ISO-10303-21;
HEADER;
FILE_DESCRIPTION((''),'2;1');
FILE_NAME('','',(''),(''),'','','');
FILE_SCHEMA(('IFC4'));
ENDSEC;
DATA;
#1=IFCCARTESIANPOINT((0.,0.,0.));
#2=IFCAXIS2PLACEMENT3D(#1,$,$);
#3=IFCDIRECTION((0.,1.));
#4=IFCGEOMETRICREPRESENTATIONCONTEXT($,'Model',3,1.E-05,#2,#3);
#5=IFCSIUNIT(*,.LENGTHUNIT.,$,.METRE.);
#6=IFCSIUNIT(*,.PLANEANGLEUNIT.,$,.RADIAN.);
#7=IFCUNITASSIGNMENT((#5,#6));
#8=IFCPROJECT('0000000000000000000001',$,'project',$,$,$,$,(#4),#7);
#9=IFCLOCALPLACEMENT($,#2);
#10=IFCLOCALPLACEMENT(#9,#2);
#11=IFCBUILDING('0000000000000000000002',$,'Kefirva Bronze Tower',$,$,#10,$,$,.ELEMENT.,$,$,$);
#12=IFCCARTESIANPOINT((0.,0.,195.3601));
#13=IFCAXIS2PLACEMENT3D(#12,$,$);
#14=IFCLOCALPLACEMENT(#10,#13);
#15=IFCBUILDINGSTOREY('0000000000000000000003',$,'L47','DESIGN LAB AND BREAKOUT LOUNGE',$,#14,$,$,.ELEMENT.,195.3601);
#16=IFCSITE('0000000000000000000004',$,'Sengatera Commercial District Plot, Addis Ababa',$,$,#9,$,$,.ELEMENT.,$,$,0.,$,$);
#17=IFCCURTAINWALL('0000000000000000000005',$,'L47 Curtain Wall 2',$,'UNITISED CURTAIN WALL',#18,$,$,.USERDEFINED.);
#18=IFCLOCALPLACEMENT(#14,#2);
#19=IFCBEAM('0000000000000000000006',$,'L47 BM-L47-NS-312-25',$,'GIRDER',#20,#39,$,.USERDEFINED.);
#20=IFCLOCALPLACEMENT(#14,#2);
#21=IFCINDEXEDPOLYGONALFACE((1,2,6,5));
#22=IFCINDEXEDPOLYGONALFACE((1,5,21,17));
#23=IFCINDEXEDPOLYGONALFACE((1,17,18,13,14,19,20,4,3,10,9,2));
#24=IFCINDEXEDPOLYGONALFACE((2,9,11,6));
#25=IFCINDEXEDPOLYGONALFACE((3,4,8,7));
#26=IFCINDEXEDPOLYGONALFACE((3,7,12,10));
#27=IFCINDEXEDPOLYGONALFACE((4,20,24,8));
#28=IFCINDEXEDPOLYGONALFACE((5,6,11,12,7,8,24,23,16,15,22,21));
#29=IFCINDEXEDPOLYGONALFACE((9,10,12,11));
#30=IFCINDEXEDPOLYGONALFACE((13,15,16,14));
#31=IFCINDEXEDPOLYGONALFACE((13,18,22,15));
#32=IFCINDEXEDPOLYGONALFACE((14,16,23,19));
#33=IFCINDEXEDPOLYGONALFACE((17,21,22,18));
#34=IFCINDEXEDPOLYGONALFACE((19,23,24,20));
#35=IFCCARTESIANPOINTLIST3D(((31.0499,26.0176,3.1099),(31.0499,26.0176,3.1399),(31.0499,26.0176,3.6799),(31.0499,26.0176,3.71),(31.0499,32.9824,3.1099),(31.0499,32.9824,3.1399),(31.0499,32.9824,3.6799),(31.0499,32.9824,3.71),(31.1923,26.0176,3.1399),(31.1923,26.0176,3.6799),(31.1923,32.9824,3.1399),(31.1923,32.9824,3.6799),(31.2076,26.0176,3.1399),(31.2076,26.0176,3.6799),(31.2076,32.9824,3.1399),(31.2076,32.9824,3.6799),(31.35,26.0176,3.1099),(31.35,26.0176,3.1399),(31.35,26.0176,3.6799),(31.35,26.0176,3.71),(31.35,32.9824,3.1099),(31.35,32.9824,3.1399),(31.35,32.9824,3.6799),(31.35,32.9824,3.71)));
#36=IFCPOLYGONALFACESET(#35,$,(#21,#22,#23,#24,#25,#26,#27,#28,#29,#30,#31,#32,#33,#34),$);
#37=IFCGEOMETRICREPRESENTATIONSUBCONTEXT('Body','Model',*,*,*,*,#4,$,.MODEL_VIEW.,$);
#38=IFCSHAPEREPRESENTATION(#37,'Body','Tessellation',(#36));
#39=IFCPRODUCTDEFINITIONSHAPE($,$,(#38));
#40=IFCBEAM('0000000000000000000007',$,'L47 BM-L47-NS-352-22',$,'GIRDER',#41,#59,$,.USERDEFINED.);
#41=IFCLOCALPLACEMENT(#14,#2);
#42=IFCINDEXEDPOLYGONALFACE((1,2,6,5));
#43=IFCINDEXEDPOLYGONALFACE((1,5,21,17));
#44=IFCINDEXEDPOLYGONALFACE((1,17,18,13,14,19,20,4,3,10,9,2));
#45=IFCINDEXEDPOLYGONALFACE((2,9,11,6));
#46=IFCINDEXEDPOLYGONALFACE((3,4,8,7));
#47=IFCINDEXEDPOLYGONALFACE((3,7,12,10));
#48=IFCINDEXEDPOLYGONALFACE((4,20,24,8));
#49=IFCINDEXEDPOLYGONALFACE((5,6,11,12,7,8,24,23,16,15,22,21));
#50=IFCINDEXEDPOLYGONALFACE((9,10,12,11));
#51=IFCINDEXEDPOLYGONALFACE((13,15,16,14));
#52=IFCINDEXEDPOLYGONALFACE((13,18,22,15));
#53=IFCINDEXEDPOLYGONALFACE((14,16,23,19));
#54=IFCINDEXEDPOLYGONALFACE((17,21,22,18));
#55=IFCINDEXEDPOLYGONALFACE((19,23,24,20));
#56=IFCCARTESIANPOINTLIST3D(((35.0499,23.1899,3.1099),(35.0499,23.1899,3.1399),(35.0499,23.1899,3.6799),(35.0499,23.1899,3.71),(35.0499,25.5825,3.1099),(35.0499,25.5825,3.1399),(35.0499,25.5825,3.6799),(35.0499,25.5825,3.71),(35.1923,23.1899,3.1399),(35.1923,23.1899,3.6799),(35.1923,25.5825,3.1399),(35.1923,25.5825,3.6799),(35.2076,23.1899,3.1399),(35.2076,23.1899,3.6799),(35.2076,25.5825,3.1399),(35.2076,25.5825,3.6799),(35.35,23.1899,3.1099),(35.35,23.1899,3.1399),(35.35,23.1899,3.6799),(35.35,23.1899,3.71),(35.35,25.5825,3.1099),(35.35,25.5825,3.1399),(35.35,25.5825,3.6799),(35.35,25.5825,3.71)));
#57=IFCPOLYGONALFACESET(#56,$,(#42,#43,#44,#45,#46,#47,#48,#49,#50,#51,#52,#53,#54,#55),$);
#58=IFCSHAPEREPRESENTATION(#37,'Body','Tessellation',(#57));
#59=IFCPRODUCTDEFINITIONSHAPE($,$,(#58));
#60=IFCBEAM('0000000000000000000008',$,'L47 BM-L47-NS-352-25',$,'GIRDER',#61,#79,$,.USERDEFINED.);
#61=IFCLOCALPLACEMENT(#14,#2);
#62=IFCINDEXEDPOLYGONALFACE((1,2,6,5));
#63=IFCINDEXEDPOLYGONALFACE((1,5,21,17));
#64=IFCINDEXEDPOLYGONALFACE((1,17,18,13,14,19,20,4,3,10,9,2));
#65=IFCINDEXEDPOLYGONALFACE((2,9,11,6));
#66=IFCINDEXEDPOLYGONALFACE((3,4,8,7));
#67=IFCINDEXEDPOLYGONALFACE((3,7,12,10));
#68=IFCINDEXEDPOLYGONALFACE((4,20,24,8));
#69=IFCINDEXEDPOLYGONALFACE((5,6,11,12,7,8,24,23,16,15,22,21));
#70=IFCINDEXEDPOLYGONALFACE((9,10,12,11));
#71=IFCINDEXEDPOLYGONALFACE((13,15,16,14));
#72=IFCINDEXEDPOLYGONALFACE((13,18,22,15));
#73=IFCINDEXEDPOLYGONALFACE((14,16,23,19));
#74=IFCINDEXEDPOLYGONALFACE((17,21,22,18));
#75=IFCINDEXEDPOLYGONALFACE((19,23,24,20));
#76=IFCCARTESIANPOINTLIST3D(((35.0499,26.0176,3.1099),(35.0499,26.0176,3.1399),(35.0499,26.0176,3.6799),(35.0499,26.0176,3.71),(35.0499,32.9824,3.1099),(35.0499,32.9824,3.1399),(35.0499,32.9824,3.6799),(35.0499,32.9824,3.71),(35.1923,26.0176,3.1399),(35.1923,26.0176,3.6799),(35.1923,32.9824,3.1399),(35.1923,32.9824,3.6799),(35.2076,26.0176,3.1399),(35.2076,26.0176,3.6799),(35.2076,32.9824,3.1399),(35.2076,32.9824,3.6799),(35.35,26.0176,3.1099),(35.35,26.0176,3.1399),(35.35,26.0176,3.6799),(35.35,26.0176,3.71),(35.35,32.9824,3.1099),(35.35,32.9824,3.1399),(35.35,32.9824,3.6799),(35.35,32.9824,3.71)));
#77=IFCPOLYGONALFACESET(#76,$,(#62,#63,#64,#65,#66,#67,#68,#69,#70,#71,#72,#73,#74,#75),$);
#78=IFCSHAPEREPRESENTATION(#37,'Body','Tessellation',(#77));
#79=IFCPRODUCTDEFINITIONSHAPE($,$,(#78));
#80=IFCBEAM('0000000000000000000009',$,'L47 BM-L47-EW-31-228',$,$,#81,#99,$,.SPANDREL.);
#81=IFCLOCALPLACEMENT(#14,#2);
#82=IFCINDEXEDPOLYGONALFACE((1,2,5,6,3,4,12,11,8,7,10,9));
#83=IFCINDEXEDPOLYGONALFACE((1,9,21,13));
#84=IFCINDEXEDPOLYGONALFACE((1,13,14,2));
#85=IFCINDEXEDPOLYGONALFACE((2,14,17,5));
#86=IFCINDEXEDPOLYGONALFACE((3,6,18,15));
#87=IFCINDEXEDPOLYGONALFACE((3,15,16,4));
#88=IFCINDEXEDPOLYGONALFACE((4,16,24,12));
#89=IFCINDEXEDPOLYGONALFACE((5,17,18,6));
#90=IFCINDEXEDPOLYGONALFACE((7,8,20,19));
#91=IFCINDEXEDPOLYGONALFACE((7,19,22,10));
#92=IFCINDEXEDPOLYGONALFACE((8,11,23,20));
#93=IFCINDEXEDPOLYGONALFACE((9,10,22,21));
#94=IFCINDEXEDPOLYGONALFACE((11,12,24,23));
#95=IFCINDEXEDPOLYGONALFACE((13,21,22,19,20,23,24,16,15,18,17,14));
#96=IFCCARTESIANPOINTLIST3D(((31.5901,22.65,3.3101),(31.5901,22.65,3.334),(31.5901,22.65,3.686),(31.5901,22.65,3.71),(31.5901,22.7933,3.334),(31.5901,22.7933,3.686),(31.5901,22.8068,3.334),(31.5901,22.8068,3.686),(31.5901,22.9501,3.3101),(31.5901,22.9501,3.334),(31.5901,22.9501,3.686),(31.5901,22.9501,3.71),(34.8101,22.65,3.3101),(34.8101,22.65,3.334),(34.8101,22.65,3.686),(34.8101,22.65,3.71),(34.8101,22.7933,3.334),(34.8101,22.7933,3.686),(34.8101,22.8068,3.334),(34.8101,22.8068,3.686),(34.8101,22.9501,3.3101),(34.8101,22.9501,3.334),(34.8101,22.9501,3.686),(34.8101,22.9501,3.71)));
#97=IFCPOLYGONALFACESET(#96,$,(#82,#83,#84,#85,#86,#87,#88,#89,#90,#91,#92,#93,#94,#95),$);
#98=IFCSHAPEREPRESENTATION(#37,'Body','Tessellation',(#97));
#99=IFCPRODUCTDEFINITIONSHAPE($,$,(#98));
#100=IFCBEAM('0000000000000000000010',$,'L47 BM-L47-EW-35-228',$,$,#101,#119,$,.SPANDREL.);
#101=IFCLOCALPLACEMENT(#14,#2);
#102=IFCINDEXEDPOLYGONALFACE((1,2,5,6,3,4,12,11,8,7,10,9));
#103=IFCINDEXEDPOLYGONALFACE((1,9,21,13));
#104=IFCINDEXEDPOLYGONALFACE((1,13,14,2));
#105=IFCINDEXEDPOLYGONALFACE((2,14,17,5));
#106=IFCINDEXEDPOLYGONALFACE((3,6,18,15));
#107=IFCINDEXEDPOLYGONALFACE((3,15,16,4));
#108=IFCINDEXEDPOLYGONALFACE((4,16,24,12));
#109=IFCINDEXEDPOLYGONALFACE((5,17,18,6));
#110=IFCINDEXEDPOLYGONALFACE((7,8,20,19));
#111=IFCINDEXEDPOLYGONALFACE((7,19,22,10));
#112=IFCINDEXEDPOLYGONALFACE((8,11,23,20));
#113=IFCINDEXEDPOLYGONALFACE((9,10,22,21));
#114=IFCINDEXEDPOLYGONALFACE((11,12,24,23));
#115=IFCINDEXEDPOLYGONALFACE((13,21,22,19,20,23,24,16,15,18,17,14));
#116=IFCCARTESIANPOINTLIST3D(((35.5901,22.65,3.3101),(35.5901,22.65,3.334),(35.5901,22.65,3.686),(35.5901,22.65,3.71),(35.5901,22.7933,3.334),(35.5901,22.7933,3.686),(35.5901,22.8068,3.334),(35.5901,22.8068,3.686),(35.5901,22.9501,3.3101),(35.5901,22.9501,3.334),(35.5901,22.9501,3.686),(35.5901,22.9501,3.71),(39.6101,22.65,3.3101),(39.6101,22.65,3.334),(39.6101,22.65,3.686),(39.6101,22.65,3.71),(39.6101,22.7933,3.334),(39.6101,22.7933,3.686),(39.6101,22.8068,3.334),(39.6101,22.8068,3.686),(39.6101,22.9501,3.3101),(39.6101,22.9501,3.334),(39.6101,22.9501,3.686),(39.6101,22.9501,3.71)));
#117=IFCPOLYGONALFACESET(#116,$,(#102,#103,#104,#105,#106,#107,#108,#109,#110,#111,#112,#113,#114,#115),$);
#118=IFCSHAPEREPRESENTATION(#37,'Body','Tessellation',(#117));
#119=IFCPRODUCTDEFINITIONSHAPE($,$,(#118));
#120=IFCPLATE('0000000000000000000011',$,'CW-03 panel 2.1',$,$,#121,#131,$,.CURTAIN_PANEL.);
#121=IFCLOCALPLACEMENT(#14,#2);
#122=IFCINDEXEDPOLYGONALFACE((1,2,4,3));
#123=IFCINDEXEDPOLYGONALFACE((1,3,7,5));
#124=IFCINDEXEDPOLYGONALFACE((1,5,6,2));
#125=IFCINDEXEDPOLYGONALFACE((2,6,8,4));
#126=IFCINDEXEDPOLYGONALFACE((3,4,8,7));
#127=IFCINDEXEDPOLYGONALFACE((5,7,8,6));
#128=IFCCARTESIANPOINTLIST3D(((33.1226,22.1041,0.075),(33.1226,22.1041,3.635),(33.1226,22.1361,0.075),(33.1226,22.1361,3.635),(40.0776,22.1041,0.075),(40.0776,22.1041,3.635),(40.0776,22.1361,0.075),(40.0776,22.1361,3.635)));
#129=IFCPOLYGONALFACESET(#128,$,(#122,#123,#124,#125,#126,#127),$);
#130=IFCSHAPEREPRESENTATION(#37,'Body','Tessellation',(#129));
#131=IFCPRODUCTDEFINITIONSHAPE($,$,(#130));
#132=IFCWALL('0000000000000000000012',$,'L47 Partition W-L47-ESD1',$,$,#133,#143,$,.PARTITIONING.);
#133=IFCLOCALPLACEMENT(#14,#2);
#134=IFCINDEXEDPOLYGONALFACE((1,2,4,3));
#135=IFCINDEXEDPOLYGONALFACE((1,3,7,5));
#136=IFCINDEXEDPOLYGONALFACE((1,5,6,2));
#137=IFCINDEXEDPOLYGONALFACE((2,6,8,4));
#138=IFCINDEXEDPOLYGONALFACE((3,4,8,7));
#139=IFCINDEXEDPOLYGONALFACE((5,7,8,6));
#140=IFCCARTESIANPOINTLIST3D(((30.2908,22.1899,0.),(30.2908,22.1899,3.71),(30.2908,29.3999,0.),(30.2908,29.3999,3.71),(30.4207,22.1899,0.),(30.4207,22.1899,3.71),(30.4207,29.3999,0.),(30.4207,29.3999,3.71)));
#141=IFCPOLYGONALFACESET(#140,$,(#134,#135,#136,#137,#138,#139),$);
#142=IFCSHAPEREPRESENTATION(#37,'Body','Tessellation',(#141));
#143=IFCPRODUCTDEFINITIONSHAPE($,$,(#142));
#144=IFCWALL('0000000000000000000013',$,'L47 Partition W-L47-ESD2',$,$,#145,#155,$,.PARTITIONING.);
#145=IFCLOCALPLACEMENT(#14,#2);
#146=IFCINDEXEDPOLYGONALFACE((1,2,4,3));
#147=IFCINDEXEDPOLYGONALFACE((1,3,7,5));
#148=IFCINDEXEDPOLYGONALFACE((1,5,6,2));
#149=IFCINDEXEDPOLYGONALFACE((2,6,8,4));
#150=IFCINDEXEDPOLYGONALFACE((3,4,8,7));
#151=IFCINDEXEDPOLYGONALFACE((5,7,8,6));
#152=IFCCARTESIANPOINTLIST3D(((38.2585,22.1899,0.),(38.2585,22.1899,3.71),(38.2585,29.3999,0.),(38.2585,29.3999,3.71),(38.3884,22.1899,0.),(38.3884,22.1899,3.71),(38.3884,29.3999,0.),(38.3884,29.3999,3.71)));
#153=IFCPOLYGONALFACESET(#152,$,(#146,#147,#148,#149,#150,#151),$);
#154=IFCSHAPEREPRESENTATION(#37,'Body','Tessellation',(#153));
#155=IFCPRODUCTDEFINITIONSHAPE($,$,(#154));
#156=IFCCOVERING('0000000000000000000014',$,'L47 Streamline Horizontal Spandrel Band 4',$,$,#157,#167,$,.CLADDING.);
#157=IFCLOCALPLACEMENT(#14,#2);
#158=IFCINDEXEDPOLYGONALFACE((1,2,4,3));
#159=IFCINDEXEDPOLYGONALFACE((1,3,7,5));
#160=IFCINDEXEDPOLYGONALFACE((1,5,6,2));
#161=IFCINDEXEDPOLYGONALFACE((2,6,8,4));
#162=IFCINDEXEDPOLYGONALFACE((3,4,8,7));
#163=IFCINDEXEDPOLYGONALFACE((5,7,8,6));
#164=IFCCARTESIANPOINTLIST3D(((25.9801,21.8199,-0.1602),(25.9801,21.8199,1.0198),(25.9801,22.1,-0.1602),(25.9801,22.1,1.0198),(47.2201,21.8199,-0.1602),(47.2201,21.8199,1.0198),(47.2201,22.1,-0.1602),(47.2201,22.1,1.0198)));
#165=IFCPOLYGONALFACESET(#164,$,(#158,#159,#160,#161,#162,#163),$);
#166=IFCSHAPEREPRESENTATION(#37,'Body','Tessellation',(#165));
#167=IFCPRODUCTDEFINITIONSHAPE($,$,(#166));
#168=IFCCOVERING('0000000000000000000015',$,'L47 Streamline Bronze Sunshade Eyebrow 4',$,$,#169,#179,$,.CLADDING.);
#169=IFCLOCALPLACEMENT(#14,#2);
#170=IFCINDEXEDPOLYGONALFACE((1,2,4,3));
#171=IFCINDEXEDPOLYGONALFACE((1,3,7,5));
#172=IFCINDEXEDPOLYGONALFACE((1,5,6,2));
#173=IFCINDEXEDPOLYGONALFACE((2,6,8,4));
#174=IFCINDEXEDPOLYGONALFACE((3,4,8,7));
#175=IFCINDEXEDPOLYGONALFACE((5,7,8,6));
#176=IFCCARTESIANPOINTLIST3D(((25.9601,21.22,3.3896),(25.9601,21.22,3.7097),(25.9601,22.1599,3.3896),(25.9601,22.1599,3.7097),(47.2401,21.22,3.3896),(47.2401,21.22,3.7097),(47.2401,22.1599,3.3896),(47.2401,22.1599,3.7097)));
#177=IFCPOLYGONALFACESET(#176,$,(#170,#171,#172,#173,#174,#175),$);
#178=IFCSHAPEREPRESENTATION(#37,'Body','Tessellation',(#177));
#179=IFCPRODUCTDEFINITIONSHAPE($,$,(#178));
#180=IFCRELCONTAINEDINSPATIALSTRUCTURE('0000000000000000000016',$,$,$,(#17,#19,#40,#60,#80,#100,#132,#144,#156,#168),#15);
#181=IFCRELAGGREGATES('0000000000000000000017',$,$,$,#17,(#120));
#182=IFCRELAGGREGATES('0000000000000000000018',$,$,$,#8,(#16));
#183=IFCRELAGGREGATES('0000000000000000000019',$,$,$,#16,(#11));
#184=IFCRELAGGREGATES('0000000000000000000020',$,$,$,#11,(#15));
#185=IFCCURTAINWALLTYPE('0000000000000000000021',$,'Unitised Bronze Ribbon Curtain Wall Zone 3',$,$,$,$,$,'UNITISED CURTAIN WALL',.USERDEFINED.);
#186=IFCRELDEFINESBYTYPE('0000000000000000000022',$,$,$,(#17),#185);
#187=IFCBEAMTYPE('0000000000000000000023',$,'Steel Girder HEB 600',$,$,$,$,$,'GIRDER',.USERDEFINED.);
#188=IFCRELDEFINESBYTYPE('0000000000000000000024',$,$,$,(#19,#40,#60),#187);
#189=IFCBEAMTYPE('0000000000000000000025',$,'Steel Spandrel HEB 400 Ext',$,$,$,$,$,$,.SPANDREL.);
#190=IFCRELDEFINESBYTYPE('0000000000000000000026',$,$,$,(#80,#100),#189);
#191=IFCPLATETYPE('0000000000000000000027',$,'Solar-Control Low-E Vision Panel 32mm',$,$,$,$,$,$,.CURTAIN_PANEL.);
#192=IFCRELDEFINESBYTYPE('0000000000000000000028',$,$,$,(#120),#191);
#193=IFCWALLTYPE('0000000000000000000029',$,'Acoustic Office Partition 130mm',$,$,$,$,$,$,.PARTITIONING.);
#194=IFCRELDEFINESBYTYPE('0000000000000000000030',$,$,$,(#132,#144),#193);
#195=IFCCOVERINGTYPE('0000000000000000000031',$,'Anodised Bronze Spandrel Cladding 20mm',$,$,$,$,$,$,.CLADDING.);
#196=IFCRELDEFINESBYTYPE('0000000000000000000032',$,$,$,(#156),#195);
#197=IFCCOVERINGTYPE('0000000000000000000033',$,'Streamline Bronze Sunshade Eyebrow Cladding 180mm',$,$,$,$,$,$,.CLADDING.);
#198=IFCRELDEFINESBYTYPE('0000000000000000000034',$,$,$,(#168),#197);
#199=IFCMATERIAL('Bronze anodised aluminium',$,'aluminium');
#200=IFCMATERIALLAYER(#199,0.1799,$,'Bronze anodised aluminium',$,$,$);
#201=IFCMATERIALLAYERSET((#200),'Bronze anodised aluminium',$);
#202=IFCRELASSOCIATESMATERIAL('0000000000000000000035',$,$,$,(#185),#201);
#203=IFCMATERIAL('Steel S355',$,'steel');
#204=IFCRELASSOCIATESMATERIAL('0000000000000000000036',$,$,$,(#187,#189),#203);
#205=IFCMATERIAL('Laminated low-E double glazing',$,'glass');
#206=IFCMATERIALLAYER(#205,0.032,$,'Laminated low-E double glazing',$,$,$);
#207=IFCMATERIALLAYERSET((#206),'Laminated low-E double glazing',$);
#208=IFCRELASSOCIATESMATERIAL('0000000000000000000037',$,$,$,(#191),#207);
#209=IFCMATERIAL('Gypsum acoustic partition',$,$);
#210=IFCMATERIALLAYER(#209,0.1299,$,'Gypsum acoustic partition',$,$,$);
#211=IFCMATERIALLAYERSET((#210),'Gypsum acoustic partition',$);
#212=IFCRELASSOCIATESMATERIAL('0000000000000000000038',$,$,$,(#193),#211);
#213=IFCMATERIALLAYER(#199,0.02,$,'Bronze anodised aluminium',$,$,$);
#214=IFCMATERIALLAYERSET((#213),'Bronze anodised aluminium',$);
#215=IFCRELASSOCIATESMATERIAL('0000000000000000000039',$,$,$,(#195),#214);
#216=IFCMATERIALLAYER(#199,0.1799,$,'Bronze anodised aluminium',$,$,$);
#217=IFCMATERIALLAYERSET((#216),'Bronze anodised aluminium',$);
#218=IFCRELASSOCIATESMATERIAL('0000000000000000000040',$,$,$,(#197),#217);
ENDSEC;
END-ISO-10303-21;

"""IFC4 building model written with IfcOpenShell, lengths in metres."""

from ifc_helpers import new_model, si_unit, direction, frame, frame_2d, origin, origin_2d, place, context, subcontext, project, spatial, rectangle, i_section, extrude, material, layer, layer_set, material_profile, profile_set, type_object, element, aggregate, save


model = new_model("IFC4")

# Units and contexts
model_context = context("Model", 3, precision=1e-05, world=origin(), true_north=direction((0.0, 1.0)))
body_context = subcontext(model_context, "Body", "Model", "MODEL_VIEW")
ifc_project = project(units=[si_unit("LENGTHUNIT", "METRE"), si_unit("PLANEANGLEUNIT", "RADIAN")], contexts=[model_context])

# Site, building, storey
site_placement = place(None, origin())
site = spatial("IfcSite", under=ifc_project, at=site_placement, Name="Sengatera Commercial District Plot, Addis Ababa", CompositionType="ELEMENT", RefElevation=0.0)
building_placement = place(site_placement, origin())
building = spatial("IfcBuilding", under=site, at=building_placement, Name="Kefirva Bronze Tower", CompositionType="ELEMENT")
storey_placement = place(building_placement, frame((0.0, 0.0, 195.3601)))
storey = spatial("IfcBuildingStorey", under=building, at=storey_placement, Name="L47", Description="DESIGN LAB AND BREAKOUT LOUNGE", CompositionType="ELEMENT", Elevation=195.3601)

# Curtain wall
ifc_material_1 = material(Name="Bronze anodised aluminium", Category="aluminium")
ifc_layer_1 = layer(ifc_material_1, 0.1799, Name="Bronze anodised aluminium")
ifc_layer_set_1 = layer_set([ifc_layer_1], Name="Bronze anodised aluminium")
curtain_wall_type = type_object("IfcCurtainWallType", Name="Unitised Bronze Ribbon Curtain Wall Zone 3", ElementType="UNITISED CURTAIN WALL", PredefinedType="USERDEFINED", material=ifc_layer_set_1)
curtain_wall_placement = place(storey_placement, origin())
curtain_wall = element("IfcCurtainWall", 1, at=curtain_wall_placement, inside=storey, type_object=curtain_wall_type, Name="L47 Curtain Wall 2", ObjectType="UNITISED CURTAIN WALL", PredefinedType="USERDEFINED")

# Beams
ifc_material_2 = material(Name="Steel S355", Category="steel")
ifc_material_profile_1 = material_profile(ifc_material_2, i_section(OverallWidth=0.3, OverallDepth=0.6001, WebThickness=0.0154, FlangeThickness=0.03, at=origin_2d()), Name="HEB 600")
ifc_profile_set_1 = profile_set([ifc_material_profile_1], Name="Steel S355")
beam_type_1 = type_object("IfcBeamType", Name="Steel Girder HEB 600", ElementType="GIRDER", PredefinedType="USERDEFINED", material=ifc_profile_set_1)
beam_1_placement = place(storey_placement, frame((31.2, 26.0176, 3.4099), z_axis=(0.0, 1.0, 0.0), x_axis=(-1.0, 0.0, 0.0)))
element("IfcBeam", 2, at=beam_1_placement, inside=storey, type_object=beam_type_1, Name="L47 BM-L47-NS-312-25", ObjectType="GIRDER", PredefinedType="USERDEFINED", context=body_context, shape_type="SweptSolid", body=[
    extrude(i_section(OverallWidth=0.3, OverallDepth=0.6001, WebThickness=0.0154, FlangeThickness=0.03, at=origin_2d()), origin(), (0.0, 0.0, 1.0), 6.9648),
])
beam_2_placement = place(storey_placement, frame((35.2, 23.1899, 3.4099), z_axis=(0.0, 1.0, 0.0), x_axis=(-1.0, 0.0, 0.0)))
element("IfcBeam", 3, at=beam_2_placement, inside=storey, type_object=beam_type_1, Name="L47 BM-L47-NS-352-22", ObjectType="GIRDER", PredefinedType="USERDEFINED", context=body_context, shape_type="SweptSolid", body=[
    extrude(i_section(OverallWidth=0.3, OverallDepth=0.6001, WebThickness=0.0154, FlangeThickness=0.03, at=origin_2d()), origin(), (0.0, 0.0, 1.0), 2.3926),
])
beam_3_placement = place(storey_placement, frame((35.2, 26.0176, 3.4099), z_axis=(0.0, 1.0, 0.0), x_axis=(-1.0, 0.0, 0.0)))
element("IfcBeam", 4, at=beam_3_placement, inside=storey, type_object=beam_type_1, Name="L47 BM-L47-NS-352-25", ObjectType="GIRDER", PredefinedType="USERDEFINED", context=body_context, shape_type="SweptSolid", body=[
    extrude(i_section(OverallWidth=0.3, OverallDepth=0.6001, WebThickness=0.0154, FlangeThickness=0.03, at=origin_2d()), origin(), (0.0, 0.0, 1.0), 6.9648),
])
ifc_material_profile_2 = material_profile(ifc_material_2, i_section(OverallWidth=0.3, OverallDepth=0.3999, WebThickness=0.0134, FlangeThickness=0.0239, at=origin_2d()), Name="HEB 400")
ifc_profile_set_2 = profile_set([ifc_material_profile_2], Name="Steel S355")
beam_type_2 = type_object("IfcBeamType", Name="Steel Spandrel HEB 400 Ext", PredefinedType="SPANDREL", material=ifc_profile_set_2)
beam_4_placement = place(storey_placement, frame((31.5901, 22.8, 3.51), z_axis=(1.0, 0.0, 0.0), x_axis=(0.0, 1.0, 0.0)))
element("IfcBeam", 5, at=beam_4_placement, inside=storey, type_object=beam_type_2, Name="L47 BM-L47-EW-31-228", PredefinedType="SPANDREL", context=body_context, shape_type="SweptSolid", body=[
    extrude(i_section(OverallWidth=0.3, OverallDepth=0.3999, WebThickness=0.0134, FlangeThickness=0.0239, at=origin_2d()), origin(), (0.0, 0.0, 1.0), 3.22),
])
beam_5_placement = place(storey_placement, frame((35.5901, 22.8, 3.51), z_axis=(1.0, 0.0, 0.0), x_axis=(0.0, 1.0, 0.0)))
element("IfcBeam", 6, at=beam_5_placement, inside=storey, type_object=beam_type_2, Name="L47 BM-L47-EW-35-228", PredefinedType="SPANDREL", context=body_context, shape_type="SweptSolid", body=[
    extrude(i_section(OverallWidth=0.3, OverallDepth=0.3999, WebThickness=0.0134, FlangeThickness=0.0239, at=origin_2d()), origin(), (0.0, 0.0, 1.0), 4.02),
])

# Plate
ifc_material_3 = material(Name="Laminated low-E double glazing", Category="glass")
ifc_layer_2 = layer(ifc_material_3, 0.032, Name="Laminated low-E double glazing")
ifc_layer_set_2 = layer_set([ifc_layer_2], Name="Laminated low-E double glazing")
plate_type = type_object("IfcPlateType", Name="Solar-Control Low-E Vision Panel 32mm", PredefinedType="CURTAIN_PANEL", material=ifc_layer_set_2)
plate_placement = place(storey_placement, frame((36.6001, 22.1201, 0.075), z_axis=(0.0, 0.0, 1.0), x_axis=(1.0, 0.0, 0.0)))
plate = element("IfcPlate", 7, at=plate_placement, type_object=plate_type, Name="CW-03 panel 2.1", PredefinedType="CURTAIN_PANEL", context=body_context, shape_type="SweptSolid", body=[
    extrude(rectangle(XDim=6.9551, YDim=0.032, at=origin_2d()), origin(), (0.0, 0.0, 1.0), 3.5601),
])
aggregate(curtain_wall, [plate])

# Walls
ifc_material_4 = material(Name="Gypsum acoustic partition")
ifc_layer_3 = layer(ifc_material_4, 0.1299, Name="Gypsum acoustic partition")
ifc_layer_set_3 = layer_set([ifc_layer_3], Name="Gypsum acoustic partition")
wall_type = type_object("IfcWallType", Name="Acoustic Office Partition 130mm", PredefinedType="PARTITIONING", material=ifc_layer_set_3)
for number, where, z_axis, x_axis, name in (
    (8, (30.3557, 22.1899, 0.0), (0.0, 0.0, 1.0), (0.0, 1.0, 0.0), "L47 Partition W-L47-ESD1"),
    (9, (38.3235, 22.1899, 0.0), (0.0, 0.0, 1.0), (0.0, 1.0, 0.0), "L47 Partition W-L47-ESD2"),
):
    element("IfcWall", number, at=place(storey_placement, frame(where, z_axis=z_axis, x_axis=x_axis)), inside=storey, type_object=wall_type, Name=name, PredefinedType="PARTITIONING", context=body_context, shape_type="SweptSolid", body=[
        extrude(rectangle(XDim=7.21, YDim=0.1299, at=frame_2d((3.605, 0.0))), origin(), (0.0, 0.0, 1.0), 3.71),
    ])

# Coverings
ifc_layer_4 = layer(ifc_material_1, 0.02, Name="Bronze anodised aluminium")
ifc_layer_set_4 = layer_set([ifc_layer_4], Name="Bronze anodised aluminium")
covering_type_1 = type_object("IfcCoveringType", Name="Anodised Bronze Spandrel Cladding 20mm", PredefinedType="CLADDING", material=ifc_layer_set_4)
covering_1_placement = place(storey_placement, frame((36.6001, 21.96, -0.1602), z_axis=(0.0, 0.0, 1.0), x_axis=(1.0, 0.0, 0.0)))
element("IfcCovering", 10, at=covering_1_placement, inside=storey, type_object=covering_type_1, Name="L47 Streamline Horizontal Spandrel Band 4", PredefinedType="CLADDING", context=body_context, shape_type="SweptSolid", body=[
    extrude(rectangle(XDim=21.24, YDim=0.28, at=origin_2d()), origin(), (0.0, 0.0, 1.0), 1.1799),
])
ifc_layer_5 = layer(ifc_material_1, 0.1799, Name="Bronze anodised aluminium")
ifc_layer_set_5 = layer_set([ifc_layer_5], Name="Bronze anodised aluminium")
covering_type_2 = type_object("IfcCoveringType", Name="Streamline Bronze Sunshade Eyebrow Cladding 180mm", PredefinedType="CLADDING", material=ifc_layer_set_5)
covering_2_placement = place(storey_placement, frame((36.6001, 21.6899, 3.3896), z_axis=(0.0, 0.0, 1.0), x_axis=(1.0, 0.0, 0.0)))
element("IfcCovering", 11, at=covering_2_placement, inside=storey, type_object=covering_type_2, Name="L47 Streamline Bronze Sunshade Eyebrow 4", PredefinedType="CLADDING", context=body_context, shape_type="SweptSolid", body=[
    extrude(rectangle(XDim=21.28, YDim=0.9399, at=origin_2d()), origin(), (0.0, 0.0, 1.0), 0.3201),
])

save(model, "model.ifc")
